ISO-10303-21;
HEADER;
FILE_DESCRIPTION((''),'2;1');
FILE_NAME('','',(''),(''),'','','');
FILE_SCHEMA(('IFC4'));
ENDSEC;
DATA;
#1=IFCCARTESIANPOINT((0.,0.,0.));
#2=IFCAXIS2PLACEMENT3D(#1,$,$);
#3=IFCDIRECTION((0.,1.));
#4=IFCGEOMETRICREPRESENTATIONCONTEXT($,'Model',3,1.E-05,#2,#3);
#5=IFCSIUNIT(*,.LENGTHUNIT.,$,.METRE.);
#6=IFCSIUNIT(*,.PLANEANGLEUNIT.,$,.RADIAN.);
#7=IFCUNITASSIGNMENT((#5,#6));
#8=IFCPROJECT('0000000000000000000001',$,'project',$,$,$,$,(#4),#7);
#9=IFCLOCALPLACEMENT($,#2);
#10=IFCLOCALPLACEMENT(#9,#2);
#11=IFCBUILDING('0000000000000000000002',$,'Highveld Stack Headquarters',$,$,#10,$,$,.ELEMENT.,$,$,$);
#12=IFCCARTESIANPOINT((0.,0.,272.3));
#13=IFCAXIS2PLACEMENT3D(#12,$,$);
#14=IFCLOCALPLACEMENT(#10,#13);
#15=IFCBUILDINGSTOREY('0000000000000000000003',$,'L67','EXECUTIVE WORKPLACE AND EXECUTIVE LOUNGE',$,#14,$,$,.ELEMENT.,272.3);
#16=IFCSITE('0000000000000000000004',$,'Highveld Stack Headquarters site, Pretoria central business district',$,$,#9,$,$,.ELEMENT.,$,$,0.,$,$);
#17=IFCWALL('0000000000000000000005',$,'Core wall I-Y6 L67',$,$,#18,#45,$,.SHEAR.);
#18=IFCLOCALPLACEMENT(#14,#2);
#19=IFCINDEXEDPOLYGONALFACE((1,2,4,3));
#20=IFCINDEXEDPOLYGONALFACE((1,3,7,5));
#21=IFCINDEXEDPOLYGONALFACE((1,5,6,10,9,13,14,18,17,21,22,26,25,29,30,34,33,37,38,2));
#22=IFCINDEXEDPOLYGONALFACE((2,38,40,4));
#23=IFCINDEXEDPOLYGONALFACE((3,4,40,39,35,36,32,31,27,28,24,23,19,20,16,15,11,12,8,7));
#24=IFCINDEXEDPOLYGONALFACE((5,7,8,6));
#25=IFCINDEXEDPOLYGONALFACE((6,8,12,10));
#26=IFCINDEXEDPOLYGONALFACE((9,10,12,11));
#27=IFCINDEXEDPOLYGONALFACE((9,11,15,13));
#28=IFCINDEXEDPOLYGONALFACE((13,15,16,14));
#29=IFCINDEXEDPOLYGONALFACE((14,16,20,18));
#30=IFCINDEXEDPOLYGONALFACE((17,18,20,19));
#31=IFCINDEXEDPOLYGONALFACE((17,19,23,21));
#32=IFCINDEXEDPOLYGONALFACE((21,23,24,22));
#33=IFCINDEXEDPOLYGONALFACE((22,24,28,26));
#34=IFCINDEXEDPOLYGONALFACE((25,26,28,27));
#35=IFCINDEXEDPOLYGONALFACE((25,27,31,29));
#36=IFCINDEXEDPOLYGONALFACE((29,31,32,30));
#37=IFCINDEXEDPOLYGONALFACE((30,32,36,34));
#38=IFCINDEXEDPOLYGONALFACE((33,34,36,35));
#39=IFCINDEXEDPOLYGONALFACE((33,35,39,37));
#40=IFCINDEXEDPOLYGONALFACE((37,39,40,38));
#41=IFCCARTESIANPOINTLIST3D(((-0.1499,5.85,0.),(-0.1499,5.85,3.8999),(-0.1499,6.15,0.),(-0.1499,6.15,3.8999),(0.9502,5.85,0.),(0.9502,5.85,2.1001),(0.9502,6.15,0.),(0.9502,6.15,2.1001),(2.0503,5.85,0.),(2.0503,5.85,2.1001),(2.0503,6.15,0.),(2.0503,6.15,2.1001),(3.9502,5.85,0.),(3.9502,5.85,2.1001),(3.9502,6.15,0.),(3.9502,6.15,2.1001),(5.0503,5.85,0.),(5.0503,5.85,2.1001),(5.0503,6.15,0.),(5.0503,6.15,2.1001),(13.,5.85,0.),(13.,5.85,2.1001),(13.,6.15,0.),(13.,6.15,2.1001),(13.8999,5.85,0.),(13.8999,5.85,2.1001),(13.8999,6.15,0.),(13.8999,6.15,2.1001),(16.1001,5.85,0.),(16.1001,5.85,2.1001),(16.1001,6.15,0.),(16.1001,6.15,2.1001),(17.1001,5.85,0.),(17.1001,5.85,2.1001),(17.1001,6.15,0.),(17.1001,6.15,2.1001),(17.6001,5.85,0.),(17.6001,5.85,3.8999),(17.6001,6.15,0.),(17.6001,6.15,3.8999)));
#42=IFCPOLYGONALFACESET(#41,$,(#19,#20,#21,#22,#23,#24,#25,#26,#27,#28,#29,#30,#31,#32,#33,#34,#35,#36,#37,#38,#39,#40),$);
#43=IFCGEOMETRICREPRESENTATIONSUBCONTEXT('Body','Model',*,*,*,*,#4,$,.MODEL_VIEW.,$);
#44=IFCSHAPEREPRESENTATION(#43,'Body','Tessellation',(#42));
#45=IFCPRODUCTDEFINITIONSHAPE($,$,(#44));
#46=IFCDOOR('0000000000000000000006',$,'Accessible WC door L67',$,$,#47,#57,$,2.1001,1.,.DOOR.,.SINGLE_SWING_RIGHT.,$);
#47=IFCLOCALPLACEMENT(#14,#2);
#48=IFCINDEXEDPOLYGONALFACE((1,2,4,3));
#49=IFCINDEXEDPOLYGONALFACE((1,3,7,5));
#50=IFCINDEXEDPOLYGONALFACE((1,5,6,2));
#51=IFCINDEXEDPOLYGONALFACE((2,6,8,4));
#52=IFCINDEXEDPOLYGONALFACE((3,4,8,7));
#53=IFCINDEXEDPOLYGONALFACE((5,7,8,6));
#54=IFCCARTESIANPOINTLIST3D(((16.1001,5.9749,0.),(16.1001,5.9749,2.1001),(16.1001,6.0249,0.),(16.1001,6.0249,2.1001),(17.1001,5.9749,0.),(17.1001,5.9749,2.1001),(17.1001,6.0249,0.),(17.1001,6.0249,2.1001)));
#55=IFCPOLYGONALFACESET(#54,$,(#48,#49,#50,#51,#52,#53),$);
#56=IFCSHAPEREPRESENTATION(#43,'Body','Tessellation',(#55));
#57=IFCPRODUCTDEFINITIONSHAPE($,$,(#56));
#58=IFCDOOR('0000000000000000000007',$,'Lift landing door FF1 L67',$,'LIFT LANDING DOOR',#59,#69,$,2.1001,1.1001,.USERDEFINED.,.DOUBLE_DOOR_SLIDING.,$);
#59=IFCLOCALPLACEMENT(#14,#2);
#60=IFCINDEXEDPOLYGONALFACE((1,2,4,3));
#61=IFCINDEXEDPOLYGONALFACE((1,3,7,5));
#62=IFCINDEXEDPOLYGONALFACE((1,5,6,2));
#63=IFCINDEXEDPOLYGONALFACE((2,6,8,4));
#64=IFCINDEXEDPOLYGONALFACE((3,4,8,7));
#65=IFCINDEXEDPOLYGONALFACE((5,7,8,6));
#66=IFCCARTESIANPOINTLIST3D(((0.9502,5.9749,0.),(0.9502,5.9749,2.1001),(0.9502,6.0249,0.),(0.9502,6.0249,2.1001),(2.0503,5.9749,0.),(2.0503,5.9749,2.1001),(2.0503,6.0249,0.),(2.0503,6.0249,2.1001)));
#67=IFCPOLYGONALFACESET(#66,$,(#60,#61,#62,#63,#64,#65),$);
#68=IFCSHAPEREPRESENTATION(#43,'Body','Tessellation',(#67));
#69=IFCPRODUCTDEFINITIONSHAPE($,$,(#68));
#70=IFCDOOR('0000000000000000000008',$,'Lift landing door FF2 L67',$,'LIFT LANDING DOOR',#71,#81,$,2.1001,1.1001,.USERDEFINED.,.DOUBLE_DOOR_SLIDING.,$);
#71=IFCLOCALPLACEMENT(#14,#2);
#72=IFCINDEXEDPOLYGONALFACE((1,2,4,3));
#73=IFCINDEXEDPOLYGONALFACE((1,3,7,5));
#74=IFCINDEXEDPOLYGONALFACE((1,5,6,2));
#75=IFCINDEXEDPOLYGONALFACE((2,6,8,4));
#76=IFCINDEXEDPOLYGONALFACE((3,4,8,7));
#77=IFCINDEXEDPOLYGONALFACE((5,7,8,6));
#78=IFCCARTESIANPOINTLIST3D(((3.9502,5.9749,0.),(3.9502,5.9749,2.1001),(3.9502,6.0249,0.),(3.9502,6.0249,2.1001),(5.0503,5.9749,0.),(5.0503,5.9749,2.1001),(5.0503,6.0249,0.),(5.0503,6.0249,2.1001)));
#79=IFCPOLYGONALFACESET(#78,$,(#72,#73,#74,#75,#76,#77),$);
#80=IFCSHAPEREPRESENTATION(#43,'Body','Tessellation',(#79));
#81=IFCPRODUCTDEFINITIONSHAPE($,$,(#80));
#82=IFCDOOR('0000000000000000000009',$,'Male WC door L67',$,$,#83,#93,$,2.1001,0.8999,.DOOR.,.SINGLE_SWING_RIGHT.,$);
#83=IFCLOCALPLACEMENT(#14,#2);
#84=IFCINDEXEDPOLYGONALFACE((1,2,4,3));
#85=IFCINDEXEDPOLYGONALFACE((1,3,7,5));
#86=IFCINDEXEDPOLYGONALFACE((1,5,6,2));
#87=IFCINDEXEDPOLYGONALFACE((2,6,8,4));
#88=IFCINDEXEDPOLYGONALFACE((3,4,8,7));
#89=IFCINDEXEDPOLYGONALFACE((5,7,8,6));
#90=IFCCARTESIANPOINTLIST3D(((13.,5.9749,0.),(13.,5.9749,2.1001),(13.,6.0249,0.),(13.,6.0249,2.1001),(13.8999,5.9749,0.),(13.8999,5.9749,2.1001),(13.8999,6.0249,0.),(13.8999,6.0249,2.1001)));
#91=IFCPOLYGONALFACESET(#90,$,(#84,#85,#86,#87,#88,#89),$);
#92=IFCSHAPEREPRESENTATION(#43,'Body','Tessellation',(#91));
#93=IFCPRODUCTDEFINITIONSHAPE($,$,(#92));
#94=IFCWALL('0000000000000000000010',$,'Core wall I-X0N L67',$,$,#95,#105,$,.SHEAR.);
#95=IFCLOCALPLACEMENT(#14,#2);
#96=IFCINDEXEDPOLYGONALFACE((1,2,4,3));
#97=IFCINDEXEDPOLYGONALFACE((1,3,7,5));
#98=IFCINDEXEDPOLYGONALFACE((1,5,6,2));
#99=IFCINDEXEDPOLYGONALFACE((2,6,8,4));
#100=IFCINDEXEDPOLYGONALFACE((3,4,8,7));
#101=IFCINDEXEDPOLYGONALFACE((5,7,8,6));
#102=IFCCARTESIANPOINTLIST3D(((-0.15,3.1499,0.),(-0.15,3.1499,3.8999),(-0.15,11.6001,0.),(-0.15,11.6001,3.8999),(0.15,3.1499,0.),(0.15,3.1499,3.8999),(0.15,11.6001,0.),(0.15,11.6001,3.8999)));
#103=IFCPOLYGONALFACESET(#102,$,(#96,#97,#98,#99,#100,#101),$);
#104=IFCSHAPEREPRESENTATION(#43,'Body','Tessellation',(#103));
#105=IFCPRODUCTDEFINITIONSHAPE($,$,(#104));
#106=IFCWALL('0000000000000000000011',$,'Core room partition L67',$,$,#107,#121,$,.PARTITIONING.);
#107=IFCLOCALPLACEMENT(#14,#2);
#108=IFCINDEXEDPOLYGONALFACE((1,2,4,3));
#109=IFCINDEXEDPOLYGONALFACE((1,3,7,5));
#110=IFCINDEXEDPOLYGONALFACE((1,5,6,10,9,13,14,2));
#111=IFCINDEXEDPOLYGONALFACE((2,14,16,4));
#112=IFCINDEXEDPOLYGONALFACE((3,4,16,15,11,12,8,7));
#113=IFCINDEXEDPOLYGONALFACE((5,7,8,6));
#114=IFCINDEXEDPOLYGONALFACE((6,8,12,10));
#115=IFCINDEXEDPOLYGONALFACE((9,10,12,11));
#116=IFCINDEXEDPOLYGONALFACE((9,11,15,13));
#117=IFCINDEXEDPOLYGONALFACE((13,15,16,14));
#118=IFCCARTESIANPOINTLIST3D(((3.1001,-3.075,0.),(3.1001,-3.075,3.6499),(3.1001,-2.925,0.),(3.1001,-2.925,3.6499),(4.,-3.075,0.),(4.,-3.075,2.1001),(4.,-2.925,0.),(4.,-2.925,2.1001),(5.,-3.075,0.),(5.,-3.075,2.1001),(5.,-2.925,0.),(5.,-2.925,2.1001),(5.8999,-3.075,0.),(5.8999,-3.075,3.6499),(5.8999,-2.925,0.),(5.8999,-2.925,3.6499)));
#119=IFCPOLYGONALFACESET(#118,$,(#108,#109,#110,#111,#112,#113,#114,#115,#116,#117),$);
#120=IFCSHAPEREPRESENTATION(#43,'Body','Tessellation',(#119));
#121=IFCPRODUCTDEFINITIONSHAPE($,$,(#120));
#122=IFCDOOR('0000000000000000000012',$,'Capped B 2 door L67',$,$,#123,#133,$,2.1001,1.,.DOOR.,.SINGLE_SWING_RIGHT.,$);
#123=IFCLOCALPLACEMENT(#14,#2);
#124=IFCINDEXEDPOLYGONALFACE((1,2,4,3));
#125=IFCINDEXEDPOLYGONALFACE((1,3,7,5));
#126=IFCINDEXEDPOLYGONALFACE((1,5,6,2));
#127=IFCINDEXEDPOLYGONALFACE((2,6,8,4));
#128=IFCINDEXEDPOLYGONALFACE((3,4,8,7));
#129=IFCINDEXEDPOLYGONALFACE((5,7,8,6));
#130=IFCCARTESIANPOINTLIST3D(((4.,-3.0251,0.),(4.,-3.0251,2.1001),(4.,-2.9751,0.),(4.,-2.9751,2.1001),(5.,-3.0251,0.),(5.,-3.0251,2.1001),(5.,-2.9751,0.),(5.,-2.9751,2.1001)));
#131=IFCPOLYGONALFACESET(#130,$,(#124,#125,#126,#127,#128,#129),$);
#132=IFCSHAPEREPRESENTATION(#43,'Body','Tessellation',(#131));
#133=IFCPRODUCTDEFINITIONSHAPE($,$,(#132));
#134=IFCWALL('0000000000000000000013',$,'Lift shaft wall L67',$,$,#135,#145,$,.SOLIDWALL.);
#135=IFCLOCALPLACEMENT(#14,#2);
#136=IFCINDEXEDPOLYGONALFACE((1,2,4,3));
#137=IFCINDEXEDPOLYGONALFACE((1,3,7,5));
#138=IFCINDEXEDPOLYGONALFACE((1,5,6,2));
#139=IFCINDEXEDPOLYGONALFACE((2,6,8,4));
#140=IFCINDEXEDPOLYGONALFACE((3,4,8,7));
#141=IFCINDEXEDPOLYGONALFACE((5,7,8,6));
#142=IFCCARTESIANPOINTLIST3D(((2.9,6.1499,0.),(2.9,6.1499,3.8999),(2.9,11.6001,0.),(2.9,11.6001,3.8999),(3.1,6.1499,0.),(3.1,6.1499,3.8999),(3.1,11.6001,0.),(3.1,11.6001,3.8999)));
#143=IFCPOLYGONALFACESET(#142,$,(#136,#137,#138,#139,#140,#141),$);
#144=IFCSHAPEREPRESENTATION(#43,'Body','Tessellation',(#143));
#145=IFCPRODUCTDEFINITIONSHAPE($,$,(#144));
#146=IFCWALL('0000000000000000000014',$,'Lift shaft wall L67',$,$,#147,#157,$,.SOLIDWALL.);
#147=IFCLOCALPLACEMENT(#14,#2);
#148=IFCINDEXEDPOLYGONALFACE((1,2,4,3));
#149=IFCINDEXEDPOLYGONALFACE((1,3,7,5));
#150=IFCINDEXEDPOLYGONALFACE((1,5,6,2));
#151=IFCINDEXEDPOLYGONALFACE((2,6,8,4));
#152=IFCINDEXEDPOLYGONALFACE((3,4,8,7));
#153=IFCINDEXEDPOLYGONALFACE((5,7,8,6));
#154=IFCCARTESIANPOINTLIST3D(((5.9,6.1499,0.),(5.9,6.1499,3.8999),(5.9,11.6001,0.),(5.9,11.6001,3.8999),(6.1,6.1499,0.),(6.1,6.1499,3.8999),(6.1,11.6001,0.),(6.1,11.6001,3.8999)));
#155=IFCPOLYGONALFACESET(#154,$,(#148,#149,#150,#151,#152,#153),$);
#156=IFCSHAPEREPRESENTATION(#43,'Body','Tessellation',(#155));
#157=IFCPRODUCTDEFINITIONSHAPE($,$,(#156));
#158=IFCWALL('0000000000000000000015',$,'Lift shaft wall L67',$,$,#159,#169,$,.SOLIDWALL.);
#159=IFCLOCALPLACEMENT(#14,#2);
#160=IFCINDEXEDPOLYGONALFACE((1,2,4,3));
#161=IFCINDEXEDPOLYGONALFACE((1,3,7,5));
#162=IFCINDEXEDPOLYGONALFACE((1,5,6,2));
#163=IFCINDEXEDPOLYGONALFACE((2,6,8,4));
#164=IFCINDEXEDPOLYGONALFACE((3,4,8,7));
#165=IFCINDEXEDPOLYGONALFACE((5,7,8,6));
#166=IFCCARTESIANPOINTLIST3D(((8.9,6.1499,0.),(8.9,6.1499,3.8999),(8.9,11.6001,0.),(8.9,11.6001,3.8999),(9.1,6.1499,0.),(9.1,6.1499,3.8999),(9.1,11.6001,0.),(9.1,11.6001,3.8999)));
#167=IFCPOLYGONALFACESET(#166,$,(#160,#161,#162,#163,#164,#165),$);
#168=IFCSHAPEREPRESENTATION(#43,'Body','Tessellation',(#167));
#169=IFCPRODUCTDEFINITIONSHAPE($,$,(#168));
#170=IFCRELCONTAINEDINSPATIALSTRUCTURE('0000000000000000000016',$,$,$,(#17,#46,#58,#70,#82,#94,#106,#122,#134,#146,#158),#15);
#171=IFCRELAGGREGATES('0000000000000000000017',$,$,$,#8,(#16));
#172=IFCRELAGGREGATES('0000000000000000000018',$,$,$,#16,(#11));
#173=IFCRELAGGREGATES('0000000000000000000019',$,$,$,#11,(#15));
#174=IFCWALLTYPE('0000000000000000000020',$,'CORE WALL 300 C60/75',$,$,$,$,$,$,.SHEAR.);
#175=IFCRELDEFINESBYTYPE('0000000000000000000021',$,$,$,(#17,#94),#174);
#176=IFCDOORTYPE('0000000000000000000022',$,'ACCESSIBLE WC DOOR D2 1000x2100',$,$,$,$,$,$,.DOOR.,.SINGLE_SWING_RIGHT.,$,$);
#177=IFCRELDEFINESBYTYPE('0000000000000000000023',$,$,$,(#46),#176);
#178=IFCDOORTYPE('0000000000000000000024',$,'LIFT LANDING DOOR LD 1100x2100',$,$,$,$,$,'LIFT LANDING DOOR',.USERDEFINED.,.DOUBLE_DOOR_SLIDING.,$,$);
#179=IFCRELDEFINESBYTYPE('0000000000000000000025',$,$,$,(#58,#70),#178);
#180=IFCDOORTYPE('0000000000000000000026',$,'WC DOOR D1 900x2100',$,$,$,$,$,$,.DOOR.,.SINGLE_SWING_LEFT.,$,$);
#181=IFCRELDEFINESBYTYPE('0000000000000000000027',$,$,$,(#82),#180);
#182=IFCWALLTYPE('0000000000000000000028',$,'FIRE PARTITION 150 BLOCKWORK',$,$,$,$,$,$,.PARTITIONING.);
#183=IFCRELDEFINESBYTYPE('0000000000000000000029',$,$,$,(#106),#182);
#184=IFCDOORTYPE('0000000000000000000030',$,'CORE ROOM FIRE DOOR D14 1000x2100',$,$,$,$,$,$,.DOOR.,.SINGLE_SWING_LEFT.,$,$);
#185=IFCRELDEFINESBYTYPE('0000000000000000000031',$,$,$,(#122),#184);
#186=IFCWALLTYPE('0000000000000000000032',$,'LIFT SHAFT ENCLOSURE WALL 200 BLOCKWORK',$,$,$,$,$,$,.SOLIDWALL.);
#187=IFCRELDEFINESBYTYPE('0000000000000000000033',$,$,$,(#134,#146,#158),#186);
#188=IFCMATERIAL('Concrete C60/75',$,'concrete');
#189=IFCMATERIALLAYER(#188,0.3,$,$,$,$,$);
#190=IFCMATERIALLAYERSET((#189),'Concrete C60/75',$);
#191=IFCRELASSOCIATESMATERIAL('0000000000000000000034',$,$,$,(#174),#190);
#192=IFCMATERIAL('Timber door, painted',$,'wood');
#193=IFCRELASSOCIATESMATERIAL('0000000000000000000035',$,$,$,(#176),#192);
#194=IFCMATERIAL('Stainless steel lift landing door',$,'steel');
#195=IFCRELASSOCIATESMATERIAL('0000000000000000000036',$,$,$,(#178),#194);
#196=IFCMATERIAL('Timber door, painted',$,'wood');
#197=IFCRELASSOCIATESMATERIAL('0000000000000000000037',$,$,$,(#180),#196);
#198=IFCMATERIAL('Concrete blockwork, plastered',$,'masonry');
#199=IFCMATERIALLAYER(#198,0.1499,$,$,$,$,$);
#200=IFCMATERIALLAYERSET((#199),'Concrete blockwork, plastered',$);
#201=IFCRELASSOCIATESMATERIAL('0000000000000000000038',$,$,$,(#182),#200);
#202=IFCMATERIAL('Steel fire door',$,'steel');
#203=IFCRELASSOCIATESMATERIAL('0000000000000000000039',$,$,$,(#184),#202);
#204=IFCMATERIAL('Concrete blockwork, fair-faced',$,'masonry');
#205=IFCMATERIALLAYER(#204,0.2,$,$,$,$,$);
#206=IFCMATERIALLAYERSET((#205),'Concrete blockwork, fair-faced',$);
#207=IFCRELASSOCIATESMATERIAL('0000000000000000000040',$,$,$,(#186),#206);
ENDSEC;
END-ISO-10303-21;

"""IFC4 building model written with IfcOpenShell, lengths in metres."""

from ifc_helpers import new_model, si_unit, direction, frame, frame_2d, origin, place, context, subcontext, project, spatial, rectangle, extrude, material, layer, layer_set, type_object, element, fill, save


model = new_model("IFC4")

# Units and contexts
model_context = context("Model", 3, precision=1e-05, world=origin(), true_north=direction((0.0, 1.0)))
body_context = subcontext(model_context, "Body", "Model", "MODEL_VIEW")
ifc_project = project(units=[si_unit("LENGTHUNIT", "METRE"), si_unit("PLANEANGLEUNIT", "RADIAN")], contexts=[model_context])

# Site, building, storey
site_placement = place(None, origin())
site = spatial("IfcSite", under=ifc_project, at=site_placement, Name="Highveld Stack Headquarters site, Pretoria central business district", CompositionType="ELEMENT", RefElevation=0.0)
building_placement = place(site_placement, origin())
building = spatial("IfcBuilding", under=site, at=building_placement, Name="Highveld Stack Headquarters", CompositionType="ELEMENT")
storey_placement = place(building_placement, frame((0.0, 0.0, 272.3)))
storey = spatial("IfcBuildingStorey", under=building, at=storey_placement, Name="L67", Description="EXECUTIVE WORKPLACE AND EXECUTIVE LOUNGE", CompositionType="ELEMENT", Elevation=272.3)

# Wall, openings, doors
ifc_material_1 = material(Name="Concrete C60/75", Category="concrete")
ifc_layer_1 = layer(ifc_material_1, 0.3)
ifc_layer_set_1 = layer_set([ifc_layer_1], Name="Concrete C60/75")
wall_type_1 = type_object("IfcWallType", Name="CORE WALL 300 C60/75", PredefinedType="SHEAR", material=ifc_layer_set_1)
wall_1_placement = place(storey_placement, frame((-0.1499, 6.0, 0.0), z_axis=(0.0, 0.0, 1.0), x_axis=(1.0, 0.0, 0.0)))
wall_1 = element("IfcWall", 1, at=wall_1_placement, inside=storey, type_object=wall_type_1, Name="Core wall I-Y6 L67", PredefinedType="SHEAR", context=body_context, shape_type="SweptSolid", body=[
    extrude(rectangle(XDim=17.75, YDim=0.3, at=frame_2d((8.875, 0.0))), origin(), (0.0, 0.0, 1.0), 3.8999),
])
opening_1_placement = place(wall_1_placement, frame((13.1499, 0.0, 0.0)))
opening_1 = element("IfcOpeningElement", 2, at=opening_1_placement, cuts=wall_1, PredefinedType="OPENING", context=body_context, shape_type="SweptSolid", body=[
    extrude(rectangle(XDim=0.8999, YDim=2.1001, at=frame_2d((0.45, 1.05))), frame((0.0, 0.1599, 0.0), z_axis=(0.0, -1.0, 0.0), x_axis=(1.0, 0.0, 0.0)), (0.0, 0.0, 1.0), 0.3201),
])
opening_2_placement = place(wall_1_placement, frame((16.25, 0.0, 0.0)))
opening_2 = element("IfcOpeningElement", 3, at=opening_2_placement, cuts=wall_1, PredefinedType="OPENING", context=body_context, shape_type="SweptSolid", body=[
    extrude(rectangle(XDim=1.0, YDim=2.1001, at=frame_2d((0.5, 1.05))), frame((0.0, 0.1599, 0.0), z_axis=(0.0, -1.0, 0.0), x_axis=(1.0, 0.0, 0.0)), (0.0, 0.0, 1.0), 0.3201),
])
opening_3_placement = place(wall_1_placement, frame((1.1001, 0.0, 0.0)))
opening_3 = element("IfcOpeningElement", 4, at=opening_3_placement, cuts=wall_1, PredefinedType="OPENING", context=body_context, shape_type="SweptSolid", body=[
    extrude(rectangle(XDim=1.1001, YDim=2.1001, at=frame_2d((0.55, 1.05))), frame((0.0, 0.1599, 0.0), z_axis=(0.0, -1.0, 0.0), x_axis=(1.0, 0.0, 0.0)), (0.0, 0.0, 1.0), 0.3201),
])
opening_4_placement = place(wall_1_placement, frame((4.1001, 0.0, 0.0)))
opening_4 = element("IfcOpeningElement", 5, at=opening_4_placement, cuts=wall_1, PredefinedType="OPENING", context=body_context, shape_type="SweptSolid", body=[
    extrude(rectangle(XDim=1.1001, YDim=2.1001, at=frame_2d((0.55, 1.05))), frame((0.0, 0.1599, 0.0), z_axis=(0.0, -1.0, 0.0), x_axis=(1.0, 0.0, 0.0)), (0.0, 0.0, 1.0), 0.3201),
])
ifc_material_2 = material(Name="Timber door, painted", Category="wood")
door_type_1 = type_object("IfcDoorType", Name="ACCESSIBLE WC DOOR D2 1000x2100", OperationType="SINGLE_SWING_RIGHT", PredefinedType="DOOR", material=ifc_material_2)
door_1_placement = place(opening_2_placement, origin())
door_1 = element("IfcDoor", 6, at=door_1_placement, inside=storey, type_object=door_type_1, Name="Accessible WC door L67", OperationType="SINGLE_SWING_RIGHT", OverallHeight=2.1001, OverallWidth=1.0, PredefinedType="DOOR", context=body_context, shape_type="SweptSolid", body=[
    extrude(rectangle(XDim=1.0, YDim=2.1001, at=frame_2d((0.5, 1.05))), frame((0.0, 0.0249, 0.0), z_axis=(0.0, -1.0, 0.0), x_axis=(1.0, 0.0, 0.0)), (0.0, 0.0, 1.0), 0.05),
])
fill(opening_2, door_1)
ifc_material_3 = material(Name="Stainless steel lift landing door", Category="steel")
door_type_2 = type_object("IfcDoorType", Name="LIFT LANDING DOOR LD 1100x2100", ElementType="LIFT LANDING DOOR", OperationType="DOUBLE_DOOR_SLIDING", PredefinedType="USERDEFINED", material=ifc_material_3)
door_2_placement = place(opening_3_placement, origin())
door_2 = element("IfcDoor", 7, at=door_2_placement, inside=storey, type_object=door_type_2, Name="Lift landing door FF1 L67", ObjectType="LIFT LANDING DOOR", OperationType="DOUBLE_DOOR_SLIDING", OverallHeight=2.1001, OverallWidth=1.1001, PredefinedType="USERDEFINED", context=body_context, shape_type="SweptSolid", body=[
    extrude(rectangle(XDim=1.1001, YDim=2.1001, at=frame_2d((0.55, 1.05))), frame((0.0, 0.0249, 0.0), z_axis=(0.0, -1.0, 0.0), x_axis=(1.0, 0.0, 0.0)), (0.0, 0.0, 1.0), 0.05),
])
fill(opening_3, door_2)
door_3_placement = place(opening_4_placement, origin())
door_3 = element("IfcDoor", 8, at=door_3_placement, inside=storey, type_object=door_type_2, Name="Lift landing door FF2 L67", ObjectType="LIFT LANDING DOOR", OperationType="DOUBLE_DOOR_SLIDING", OverallHeight=2.1001, OverallWidth=1.1001, PredefinedType="USERDEFINED", context=body_context, shape_type="SweptSolid", body=[
    extrude(rectangle(XDim=1.1001, YDim=2.1001, at=frame_2d((0.55, 1.05))), frame((0.0, 0.0249, 0.0), z_axis=(0.0, -1.0, 0.0), x_axis=(1.0, 0.0, 0.0)), (0.0, 0.0, 1.0), 0.05),
])
fill(opening_4, door_3)
ifc_material_4 = material(Name="Timber door, painted", Category="wood")
door_type_3 = type_object("IfcDoorType", Name="WC DOOR D1 900x2100", OperationType="SINGLE_SWING_LEFT", PredefinedType="DOOR", material=ifc_material_4)
door_4_placement = place(opening_1_placement, origin())
door_4 = element("IfcDoor", 9, at=door_4_placement, inside=storey, type_object=door_type_3, Name="Male WC door L67", OperationType="SINGLE_SWING_RIGHT", OverallHeight=2.1001, OverallWidth=0.8999, PredefinedType="DOOR", context=body_context, shape_type="SweptSolid", body=[
    extrude(rectangle(XDim=0.8999, YDim=2.1001, at=frame_2d((0.45, 1.05))), frame((0.0, 0.0249, 0.0), z_axis=(0.0, -1.0, 0.0), x_axis=(1.0, 0.0, 0.0)), (0.0, 0.0, 1.0), 0.05),
])
fill(opening_1, door_4)

# Wall
wall_2_placement = place(storey_placement, frame((0.0, 3.1499, 0.0), z_axis=(0.0, 0.0, 1.0), x_axis=(0.0, 1.0, 0.0)))
element("IfcWall", 10, at=wall_2_placement, inside=storey, type_object=wall_type_1, Name="Core wall I-X0N L67", PredefinedType="SHEAR", context=body_context, shape_type="SweptSolid", body=[
    extrude(rectangle(XDim=8.4502, YDim=0.3, at=frame_2d((4.2251, 0.0))), origin(), (0.0, 0.0, 1.0), 3.8999),
])

# Wall, opening, door
ifc_material_5 = material(Name="Concrete blockwork, plastered", Category="masonry")
ifc_layer_2 = layer(ifc_material_5, 0.1499)
ifc_layer_set_2 = layer_set([ifc_layer_2], Name="Concrete blockwork, plastered")
wall_type_2 = type_object("IfcWallType", Name="FIRE PARTITION 150 BLOCKWORK", PredefinedType="PARTITIONING", material=ifc_layer_set_2)
wall_3_placement = place(storey_placement, frame((3.1001, -3.0, 0.0), z_axis=(0.0, 0.0, 1.0), x_axis=(1.0, 0.0, 0.0)))
wall_3 = element("IfcWall", 11, at=wall_3_placement, inside=storey, type_object=wall_type_2, Name="Core room partition L67", PredefinedType="PARTITIONING", context=body_context, shape_type="SweptSolid", body=[
    extrude(rectangle(XDim=2.7998, YDim=0.1499, at=frame_2d((1.3999, 0.0))), origin(), (0.0, 0.0, 1.0), 3.6499),
])
opening_5_placement = place(wall_3_placement, frame((0.8999, 0.0, 0.0)))
opening_5 = element("IfcOpeningElement", 12, at=opening_5_placement, cuts=wall_3, PredefinedType="OPENING", context=body_context, shape_type="SweptSolid", body=[
    extrude(rectangle(XDim=1.0, YDim=2.1001, at=frame_2d((0.5, 1.05))), frame((0.0, 0.085, 0.0), z_axis=(0.0, -1.0, 0.0), x_axis=(1.0, 0.0, 0.0)), (0.0, 0.0, 1.0), 0.1699),
])
ifc_material_6 = material(Name="Steel fire door", Category="steel")
door_type_4 = type_object("IfcDoorType", Name="CORE ROOM FIRE DOOR D14 1000x2100", OperationType="SINGLE_SWING_LEFT", PredefinedType="DOOR", material=ifc_material_6)
door_5_placement = place(opening_5_placement, origin())
door_5 = element("IfcDoor", 13, at=door_5_placement, inside=storey, type_object=door_type_4, Name="Capped B 2 door L67", OperationType="SINGLE_SWING_RIGHT", OverallHeight=2.1001, OverallWidth=1.0, PredefinedType="DOOR", context=body_context, shape_type="SweptSolid", body=[
    extrude(rectangle(XDim=1.0, YDim=2.1001, at=frame_2d((0.5, 1.05))), frame((0.0, 0.0249, 0.0), z_axis=(0.0, -1.0, 0.0), x_axis=(1.0, 0.0, 0.0)), (0.0, 0.0, 1.0), 0.05),
])
fill(opening_5, door_5)

# Walls
ifc_material_7 = material(Name="Concrete blockwork, fair-faced", Category="masonry")
ifc_layer_3 = layer(ifc_material_7, 0.2)
ifc_layer_set_3 = layer_set([ifc_layer_3], Name="Concrete blockwork, fair-faced")
wall_type_3 = type_object("IfcWallType", Name="LIFT SHAFT ENCLOSURE WALL 200 BLOCKWORK", PredefinedType="SOLIDWALL", material=ifc_layer_set_3)
for number, where, z_axis, x_axis, name in (
    (14, (3.0, 6.1499, 0.0), (0.0, 0.0, 1.0), (0.0, 1.0, 0.0), "Lift shaft wall L67"),
    (15, (6.0, 6.1499, 0.0), (0.0, 0.0, 1.0), (0.0, 1.0, 0.0), "Lift shaft wall L67"),
    (16, (9.0, 6.1499, 0.0), (0.0, 0.0, 1.0), (0.0, 1.0, 0.0), "Lift shaft wall L67"),
):
    element("IfcWall", number, at=place(storey_placement, frame(where, z_axis=z_axis, x_axis=x_axis)), inside=storey, type_object=wall_type_3, Name=name, PredefinedType="SOLIDWALL", context=body_context, shape_type="SweptSolid", body=[
        extrude(rectangle(XDim=5.4502, YDim=0.2, at=frame_2d((2.7251, 0.0))), origin(), (0.0, 0.0, 1.0), 3.8999),
    ])

save(model, "model.ifc")
